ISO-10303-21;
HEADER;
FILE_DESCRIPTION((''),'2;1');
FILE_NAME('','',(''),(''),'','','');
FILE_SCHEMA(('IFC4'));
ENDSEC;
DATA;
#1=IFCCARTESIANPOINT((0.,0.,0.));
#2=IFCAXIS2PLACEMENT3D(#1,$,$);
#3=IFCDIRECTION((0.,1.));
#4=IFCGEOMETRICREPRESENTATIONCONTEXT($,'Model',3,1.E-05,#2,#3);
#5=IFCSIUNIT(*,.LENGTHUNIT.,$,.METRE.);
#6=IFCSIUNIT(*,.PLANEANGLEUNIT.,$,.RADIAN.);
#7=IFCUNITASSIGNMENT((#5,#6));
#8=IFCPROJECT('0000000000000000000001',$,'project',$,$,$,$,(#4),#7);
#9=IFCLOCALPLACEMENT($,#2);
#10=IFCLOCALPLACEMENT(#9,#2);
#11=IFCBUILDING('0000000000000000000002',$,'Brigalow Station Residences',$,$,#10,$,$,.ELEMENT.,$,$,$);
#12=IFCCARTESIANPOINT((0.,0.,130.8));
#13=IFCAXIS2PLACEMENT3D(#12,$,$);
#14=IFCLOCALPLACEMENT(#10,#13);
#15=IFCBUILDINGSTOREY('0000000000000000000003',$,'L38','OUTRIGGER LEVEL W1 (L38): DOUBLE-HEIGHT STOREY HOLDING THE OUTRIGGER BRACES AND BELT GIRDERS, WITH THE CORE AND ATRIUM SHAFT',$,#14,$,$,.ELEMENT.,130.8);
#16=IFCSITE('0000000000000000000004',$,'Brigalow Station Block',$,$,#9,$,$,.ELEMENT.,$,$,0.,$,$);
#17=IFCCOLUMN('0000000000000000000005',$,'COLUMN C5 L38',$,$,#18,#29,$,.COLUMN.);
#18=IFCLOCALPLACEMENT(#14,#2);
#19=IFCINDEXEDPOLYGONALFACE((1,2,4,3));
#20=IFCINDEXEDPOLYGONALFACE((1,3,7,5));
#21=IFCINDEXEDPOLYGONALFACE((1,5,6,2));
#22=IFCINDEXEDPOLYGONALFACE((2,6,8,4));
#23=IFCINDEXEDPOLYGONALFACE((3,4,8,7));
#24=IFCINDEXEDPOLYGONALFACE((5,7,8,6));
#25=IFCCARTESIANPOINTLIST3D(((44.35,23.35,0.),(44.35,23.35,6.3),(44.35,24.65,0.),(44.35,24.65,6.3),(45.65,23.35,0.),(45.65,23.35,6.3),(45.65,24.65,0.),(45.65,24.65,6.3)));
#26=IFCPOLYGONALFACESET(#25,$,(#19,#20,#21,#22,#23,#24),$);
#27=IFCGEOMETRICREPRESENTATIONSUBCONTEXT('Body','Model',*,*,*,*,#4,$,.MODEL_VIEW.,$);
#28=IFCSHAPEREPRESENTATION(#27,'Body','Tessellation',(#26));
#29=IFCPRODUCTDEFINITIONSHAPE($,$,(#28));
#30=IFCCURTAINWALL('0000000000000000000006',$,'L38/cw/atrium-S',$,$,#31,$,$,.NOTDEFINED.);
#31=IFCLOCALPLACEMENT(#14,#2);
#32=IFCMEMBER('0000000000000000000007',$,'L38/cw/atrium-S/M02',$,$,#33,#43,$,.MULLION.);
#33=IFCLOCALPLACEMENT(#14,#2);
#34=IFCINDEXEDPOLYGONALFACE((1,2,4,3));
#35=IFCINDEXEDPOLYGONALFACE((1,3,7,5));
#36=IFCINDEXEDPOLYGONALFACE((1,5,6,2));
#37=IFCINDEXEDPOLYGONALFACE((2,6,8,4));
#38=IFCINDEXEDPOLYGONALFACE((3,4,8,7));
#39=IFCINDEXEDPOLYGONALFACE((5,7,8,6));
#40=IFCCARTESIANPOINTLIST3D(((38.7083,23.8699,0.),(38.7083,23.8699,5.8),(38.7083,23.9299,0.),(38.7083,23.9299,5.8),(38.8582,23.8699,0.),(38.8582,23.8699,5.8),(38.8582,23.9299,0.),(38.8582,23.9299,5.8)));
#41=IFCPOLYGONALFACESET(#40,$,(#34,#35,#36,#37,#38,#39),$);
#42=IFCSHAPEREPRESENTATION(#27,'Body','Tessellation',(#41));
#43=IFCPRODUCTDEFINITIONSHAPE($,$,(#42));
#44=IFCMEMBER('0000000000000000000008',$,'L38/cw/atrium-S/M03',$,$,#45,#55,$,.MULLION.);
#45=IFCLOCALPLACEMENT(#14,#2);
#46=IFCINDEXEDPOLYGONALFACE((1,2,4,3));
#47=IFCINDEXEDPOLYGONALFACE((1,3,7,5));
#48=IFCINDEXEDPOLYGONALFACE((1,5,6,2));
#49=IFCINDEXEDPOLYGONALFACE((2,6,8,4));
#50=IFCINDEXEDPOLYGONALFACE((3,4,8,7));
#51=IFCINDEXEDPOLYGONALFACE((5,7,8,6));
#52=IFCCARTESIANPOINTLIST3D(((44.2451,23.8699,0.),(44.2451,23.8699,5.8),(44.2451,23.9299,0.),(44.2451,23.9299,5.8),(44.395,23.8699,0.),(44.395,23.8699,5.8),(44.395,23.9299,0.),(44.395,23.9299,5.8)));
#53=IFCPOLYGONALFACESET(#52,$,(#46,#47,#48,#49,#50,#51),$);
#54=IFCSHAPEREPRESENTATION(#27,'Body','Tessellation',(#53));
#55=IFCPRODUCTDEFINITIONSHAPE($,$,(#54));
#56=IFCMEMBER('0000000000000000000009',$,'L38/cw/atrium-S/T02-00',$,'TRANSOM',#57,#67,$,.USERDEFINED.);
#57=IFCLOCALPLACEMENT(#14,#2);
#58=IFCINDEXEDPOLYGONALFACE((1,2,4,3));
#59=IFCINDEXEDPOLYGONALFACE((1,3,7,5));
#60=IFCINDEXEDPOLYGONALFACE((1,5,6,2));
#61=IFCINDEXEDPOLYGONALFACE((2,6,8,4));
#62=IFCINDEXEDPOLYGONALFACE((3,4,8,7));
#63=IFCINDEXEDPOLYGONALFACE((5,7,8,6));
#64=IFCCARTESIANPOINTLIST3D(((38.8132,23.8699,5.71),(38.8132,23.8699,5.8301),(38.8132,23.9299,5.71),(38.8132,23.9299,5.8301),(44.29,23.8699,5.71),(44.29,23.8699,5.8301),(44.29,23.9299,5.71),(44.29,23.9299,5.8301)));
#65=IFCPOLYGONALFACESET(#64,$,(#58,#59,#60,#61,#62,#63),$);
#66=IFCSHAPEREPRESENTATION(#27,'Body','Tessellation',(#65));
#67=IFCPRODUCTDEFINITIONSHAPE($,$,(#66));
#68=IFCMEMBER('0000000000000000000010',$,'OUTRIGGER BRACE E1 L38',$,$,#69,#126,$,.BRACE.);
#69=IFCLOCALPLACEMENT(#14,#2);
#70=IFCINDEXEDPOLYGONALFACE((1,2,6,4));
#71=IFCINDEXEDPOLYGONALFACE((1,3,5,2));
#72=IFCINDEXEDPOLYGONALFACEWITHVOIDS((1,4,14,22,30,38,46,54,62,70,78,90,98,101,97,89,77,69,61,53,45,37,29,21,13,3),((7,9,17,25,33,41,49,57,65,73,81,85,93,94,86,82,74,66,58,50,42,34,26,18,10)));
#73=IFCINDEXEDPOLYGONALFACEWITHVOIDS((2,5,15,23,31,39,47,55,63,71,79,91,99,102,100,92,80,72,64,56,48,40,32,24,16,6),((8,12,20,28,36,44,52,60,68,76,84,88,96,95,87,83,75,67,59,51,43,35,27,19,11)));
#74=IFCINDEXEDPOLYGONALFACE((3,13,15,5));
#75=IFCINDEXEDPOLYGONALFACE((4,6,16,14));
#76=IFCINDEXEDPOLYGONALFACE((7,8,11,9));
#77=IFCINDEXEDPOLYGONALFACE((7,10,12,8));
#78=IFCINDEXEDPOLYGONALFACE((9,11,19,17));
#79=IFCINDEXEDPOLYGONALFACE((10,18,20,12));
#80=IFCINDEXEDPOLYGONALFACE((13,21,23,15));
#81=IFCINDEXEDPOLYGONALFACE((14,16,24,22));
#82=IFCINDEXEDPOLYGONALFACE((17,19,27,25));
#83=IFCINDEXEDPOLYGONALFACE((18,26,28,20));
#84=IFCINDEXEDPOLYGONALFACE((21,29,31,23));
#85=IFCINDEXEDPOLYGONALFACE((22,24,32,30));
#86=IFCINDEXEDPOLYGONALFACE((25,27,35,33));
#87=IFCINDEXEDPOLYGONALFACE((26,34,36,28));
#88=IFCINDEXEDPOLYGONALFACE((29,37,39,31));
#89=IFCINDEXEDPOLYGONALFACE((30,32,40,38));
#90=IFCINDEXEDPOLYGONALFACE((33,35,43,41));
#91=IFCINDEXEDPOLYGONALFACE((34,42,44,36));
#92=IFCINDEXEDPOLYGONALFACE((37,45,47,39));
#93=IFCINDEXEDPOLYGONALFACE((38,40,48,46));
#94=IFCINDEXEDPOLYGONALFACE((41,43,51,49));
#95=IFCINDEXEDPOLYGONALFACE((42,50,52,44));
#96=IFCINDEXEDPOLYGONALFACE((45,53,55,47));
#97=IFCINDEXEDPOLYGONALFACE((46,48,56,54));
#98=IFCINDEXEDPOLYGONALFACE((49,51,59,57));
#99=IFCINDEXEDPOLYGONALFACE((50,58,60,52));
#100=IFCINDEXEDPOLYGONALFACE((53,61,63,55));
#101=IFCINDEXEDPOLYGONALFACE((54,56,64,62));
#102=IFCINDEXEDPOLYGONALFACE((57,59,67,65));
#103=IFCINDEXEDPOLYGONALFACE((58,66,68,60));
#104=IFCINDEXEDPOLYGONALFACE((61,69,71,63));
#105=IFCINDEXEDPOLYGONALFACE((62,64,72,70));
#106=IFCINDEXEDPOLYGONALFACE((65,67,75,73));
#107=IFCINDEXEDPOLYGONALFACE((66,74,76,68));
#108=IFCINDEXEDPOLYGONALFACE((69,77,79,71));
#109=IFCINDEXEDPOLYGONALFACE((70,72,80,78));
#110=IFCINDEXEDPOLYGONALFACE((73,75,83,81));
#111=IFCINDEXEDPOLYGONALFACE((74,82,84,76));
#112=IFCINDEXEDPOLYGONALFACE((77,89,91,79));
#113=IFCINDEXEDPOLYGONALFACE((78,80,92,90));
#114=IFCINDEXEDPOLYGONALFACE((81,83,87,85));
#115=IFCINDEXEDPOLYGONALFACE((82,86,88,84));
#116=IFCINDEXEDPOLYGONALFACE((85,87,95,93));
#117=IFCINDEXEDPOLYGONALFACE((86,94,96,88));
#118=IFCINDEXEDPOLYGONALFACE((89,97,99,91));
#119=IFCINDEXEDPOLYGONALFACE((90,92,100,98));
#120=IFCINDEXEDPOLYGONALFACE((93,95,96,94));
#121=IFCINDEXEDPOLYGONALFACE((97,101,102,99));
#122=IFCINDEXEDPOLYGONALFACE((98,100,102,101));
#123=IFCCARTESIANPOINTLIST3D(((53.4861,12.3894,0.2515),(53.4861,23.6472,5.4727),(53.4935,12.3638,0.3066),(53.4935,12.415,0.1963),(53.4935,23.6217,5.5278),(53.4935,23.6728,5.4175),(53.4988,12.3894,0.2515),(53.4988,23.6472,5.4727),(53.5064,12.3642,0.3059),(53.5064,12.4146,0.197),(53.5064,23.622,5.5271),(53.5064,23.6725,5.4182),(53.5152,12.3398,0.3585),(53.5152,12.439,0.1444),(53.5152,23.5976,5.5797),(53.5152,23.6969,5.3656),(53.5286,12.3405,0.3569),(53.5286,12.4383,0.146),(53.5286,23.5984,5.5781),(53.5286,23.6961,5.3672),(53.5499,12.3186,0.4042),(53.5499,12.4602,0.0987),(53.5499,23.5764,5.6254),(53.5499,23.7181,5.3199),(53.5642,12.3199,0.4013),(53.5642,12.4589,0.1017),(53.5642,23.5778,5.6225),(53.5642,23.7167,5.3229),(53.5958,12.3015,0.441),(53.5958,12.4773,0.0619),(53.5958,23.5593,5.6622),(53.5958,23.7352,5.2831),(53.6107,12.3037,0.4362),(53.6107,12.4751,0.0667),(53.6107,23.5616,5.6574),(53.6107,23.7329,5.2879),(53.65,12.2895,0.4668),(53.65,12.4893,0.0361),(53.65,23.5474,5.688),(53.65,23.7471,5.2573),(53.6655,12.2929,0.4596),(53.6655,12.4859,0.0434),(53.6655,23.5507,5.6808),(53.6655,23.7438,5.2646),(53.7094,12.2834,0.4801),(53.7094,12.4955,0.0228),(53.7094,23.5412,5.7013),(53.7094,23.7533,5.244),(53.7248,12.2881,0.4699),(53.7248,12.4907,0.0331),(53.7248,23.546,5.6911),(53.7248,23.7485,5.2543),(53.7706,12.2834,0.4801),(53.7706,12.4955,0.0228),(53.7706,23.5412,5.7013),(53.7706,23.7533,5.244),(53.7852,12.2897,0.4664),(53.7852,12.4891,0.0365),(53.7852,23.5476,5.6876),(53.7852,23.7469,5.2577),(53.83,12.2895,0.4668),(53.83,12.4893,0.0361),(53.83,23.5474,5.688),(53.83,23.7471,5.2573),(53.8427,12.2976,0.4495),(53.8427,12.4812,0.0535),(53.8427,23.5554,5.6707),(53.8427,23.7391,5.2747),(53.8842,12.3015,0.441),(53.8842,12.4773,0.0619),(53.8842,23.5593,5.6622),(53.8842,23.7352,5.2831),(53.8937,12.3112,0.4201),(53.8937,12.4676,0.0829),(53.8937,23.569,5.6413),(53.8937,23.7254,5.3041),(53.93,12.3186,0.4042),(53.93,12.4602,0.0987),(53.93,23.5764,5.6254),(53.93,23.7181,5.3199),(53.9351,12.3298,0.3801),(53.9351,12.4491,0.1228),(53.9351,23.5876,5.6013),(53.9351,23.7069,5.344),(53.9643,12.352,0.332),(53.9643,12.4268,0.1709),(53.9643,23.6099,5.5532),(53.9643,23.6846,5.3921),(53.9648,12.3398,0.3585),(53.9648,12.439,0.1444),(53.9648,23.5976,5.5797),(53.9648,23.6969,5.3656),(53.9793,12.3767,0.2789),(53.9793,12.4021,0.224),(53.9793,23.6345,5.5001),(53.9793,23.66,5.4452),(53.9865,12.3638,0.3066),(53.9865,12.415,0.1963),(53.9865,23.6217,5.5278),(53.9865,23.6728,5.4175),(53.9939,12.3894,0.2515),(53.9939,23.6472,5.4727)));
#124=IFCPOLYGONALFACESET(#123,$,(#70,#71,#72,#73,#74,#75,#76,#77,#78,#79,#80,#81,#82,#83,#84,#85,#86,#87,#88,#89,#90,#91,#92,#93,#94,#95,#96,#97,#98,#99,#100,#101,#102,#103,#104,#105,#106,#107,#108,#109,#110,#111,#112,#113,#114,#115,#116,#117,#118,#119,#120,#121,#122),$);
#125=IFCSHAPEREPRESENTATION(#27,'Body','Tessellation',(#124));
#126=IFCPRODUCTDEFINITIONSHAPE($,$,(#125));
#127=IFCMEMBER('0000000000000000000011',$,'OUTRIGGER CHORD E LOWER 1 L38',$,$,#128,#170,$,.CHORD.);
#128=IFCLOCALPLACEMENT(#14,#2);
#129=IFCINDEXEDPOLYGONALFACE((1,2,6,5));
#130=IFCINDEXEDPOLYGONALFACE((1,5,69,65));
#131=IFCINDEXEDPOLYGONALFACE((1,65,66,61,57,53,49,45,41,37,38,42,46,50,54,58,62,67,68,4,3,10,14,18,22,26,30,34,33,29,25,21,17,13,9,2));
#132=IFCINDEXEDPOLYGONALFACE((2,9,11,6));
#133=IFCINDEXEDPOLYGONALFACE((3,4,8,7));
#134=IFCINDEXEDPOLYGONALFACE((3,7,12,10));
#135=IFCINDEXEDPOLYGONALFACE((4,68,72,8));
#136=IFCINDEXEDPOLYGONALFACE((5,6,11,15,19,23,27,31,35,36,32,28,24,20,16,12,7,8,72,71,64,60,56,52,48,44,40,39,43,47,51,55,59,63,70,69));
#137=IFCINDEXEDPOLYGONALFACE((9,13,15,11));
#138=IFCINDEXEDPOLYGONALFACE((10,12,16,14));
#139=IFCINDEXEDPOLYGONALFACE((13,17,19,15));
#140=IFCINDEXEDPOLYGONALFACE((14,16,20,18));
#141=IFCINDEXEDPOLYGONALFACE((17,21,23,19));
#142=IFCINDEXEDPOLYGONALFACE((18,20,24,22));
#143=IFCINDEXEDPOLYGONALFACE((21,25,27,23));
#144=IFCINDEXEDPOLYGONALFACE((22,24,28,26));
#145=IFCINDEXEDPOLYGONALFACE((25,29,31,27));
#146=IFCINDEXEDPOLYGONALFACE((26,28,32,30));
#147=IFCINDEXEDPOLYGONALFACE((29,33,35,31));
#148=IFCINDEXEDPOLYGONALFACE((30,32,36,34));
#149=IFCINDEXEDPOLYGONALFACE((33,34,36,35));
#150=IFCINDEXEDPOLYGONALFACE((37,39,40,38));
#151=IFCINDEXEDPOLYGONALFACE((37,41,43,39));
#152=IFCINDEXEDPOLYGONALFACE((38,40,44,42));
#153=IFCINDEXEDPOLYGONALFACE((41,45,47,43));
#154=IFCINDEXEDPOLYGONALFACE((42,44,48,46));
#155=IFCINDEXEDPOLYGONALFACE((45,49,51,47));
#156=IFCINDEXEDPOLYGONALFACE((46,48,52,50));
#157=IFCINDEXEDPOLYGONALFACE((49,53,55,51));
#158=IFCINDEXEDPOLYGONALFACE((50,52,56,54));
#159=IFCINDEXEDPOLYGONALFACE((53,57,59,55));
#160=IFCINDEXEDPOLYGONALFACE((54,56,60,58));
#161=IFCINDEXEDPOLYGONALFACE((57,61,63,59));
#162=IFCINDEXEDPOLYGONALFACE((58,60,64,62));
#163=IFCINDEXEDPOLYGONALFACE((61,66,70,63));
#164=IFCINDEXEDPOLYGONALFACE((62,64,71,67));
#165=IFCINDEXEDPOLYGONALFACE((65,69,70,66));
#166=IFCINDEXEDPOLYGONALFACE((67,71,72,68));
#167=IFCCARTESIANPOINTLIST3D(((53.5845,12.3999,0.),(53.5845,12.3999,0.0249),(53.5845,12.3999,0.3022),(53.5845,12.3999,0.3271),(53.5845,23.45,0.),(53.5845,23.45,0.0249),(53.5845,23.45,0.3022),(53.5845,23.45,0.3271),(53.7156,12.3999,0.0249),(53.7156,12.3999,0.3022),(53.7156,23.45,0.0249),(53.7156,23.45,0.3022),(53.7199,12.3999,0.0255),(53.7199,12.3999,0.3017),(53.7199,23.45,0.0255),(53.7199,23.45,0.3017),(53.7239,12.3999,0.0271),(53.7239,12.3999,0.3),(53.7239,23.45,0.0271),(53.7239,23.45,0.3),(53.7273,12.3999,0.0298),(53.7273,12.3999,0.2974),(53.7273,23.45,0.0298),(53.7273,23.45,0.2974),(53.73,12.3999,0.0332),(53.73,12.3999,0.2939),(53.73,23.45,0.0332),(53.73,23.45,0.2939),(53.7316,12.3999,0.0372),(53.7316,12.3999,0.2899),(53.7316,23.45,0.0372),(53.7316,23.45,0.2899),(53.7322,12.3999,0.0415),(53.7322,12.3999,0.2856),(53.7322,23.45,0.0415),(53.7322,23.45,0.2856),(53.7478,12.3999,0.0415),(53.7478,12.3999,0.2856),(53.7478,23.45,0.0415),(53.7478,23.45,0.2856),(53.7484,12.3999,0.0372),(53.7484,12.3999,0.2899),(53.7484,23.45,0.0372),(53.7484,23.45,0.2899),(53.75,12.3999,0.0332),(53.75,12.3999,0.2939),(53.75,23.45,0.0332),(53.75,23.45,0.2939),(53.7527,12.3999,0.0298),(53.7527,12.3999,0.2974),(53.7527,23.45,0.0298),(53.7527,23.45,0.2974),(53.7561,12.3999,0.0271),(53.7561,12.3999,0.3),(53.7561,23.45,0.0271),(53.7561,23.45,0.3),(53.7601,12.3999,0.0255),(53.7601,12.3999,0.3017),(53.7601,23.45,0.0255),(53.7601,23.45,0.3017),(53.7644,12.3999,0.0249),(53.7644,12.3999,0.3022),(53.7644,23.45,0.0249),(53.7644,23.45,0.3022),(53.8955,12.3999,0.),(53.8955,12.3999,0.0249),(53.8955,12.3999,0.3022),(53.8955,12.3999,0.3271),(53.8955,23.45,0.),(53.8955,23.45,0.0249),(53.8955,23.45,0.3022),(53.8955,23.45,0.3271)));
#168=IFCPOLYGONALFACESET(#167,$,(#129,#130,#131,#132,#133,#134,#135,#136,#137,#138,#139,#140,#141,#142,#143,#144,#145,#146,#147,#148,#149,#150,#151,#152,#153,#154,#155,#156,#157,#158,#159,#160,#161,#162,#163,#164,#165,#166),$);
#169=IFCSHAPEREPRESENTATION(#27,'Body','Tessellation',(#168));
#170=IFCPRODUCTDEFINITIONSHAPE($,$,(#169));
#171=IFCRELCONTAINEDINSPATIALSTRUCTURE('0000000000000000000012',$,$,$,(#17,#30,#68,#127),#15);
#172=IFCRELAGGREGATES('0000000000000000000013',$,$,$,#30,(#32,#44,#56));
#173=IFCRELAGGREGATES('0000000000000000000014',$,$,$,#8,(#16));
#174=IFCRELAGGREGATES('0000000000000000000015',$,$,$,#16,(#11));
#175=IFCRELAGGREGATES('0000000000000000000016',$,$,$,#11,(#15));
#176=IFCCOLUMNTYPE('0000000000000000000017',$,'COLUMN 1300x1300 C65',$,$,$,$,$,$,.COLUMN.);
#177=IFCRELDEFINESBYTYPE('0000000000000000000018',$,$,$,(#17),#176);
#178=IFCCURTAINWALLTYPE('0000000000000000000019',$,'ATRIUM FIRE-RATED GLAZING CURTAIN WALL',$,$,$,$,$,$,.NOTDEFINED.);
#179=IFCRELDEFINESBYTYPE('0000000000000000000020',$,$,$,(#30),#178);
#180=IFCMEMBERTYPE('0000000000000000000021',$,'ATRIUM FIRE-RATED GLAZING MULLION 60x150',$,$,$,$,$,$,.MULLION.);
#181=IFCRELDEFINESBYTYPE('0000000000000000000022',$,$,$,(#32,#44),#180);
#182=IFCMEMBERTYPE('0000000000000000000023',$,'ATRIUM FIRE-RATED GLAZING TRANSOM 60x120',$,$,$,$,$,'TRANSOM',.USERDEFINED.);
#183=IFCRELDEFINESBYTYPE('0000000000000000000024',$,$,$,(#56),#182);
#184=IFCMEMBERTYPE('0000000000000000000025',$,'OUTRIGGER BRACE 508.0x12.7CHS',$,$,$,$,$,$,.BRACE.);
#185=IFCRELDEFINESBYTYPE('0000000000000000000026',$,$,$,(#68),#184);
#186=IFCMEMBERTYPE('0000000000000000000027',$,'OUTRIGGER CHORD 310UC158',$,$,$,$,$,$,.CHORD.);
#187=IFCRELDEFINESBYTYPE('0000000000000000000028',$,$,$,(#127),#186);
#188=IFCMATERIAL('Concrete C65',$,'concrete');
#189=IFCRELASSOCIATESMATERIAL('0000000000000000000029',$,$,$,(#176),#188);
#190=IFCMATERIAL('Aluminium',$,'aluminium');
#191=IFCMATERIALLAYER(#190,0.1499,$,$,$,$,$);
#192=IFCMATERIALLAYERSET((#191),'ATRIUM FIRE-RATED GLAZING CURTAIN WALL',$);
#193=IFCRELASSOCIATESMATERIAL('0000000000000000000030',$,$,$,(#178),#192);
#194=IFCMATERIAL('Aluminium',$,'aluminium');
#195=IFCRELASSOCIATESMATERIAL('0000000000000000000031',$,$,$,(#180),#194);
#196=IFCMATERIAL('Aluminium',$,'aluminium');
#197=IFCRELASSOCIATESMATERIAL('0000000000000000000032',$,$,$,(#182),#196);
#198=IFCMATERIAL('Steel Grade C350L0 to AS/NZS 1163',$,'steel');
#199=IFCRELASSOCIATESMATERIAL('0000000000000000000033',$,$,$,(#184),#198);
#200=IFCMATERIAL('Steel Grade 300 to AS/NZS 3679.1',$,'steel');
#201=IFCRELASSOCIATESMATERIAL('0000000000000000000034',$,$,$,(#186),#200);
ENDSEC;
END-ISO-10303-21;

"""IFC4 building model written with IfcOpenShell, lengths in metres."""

from ifc_helpers import new_model, si_unit, direction, frame, origin, origin_2d, place, context, subcontext, project, spatial, rectangle, hollow_circle, i_section, extrude, material, layer, layer_set, material_profile, profile_set, type_object, element, aggregate, save


model = new_model("IFC4")

# Units and contexts
model_context = context("Model", 3, precision=1e-05, world=origin(), true_north=direction((0.0, 1.0)))
body_context = subcontext(model_context, "Body", "Model", "MODEL_VIEW")
ifc_project = project(units=[si_unit("LENGTHUNIT", "METRE"), si_unit("PLANEANGLEUNIT", "RADIAN")], contexts=[model_context])

# Site, building, storey
site_placement = place(None, origin())
site = spatial("IfcSite", under=ifc_project, at=site_placement, Name="Brigalow Station Block", CompositionType="ELEMENT", RefElevation=0.0)
building_placement = place(site_placement, origin())
building = spatial("IfcBuilding", under=site, at=building_placement, Name="Brigalow Station Residences", CompositionType="ELEMENT")
storey_placement = place(building_placement, frame((0.0, 0.0, 130.8)))
storey = spatial("IfcBuildingStorey", under=building, at=storey_placement, Name="L38", Description="OUTRIGGER LEVEL W1 (L38): DOUBLE-HEIGHT STOREY HOLDING THE OUTRIGGER BRACES AND BELT GIRDERS, WITH THE CORE AND ATRIUM SHAFT", CompositionType="ELEMENT", Elevation=130.8)

# Column
ifc_material_1 = material(Name="Concrete C65", Category="concrete")
ifc_material_profile_1 = material_profile(ifc_material_1, rectangle(XDim=1.3, YDim=1.3, at=origin_2d()), Name="RC1300x1300")
ifc_profile_set_1 = profile_set([ifc_material_profile_1], Name="Concrete C65")
column_type = type_object("IfcColumnType", Name="COLUMN 1300x1300 C65", PredefinedType="COLUMN", material=ifc_profile_set_1)
column_placement = place(storey_placement, frame((45.0, 24.0, 0.0), z_axis=(0.0, 0.0, 1.0), x_axis=(1.0, 0.0, 0.0)))
element("IfcColumn", 1, at=column_placement, inside=storey, type_object=column_type, Name="COLUMN C5 L38", PredefinedType="COLUMN", context=body_context, shape_type="SweptSolid", body=[
    extrude(rectangle(XDim=1.3, YDim=1.3, at=origin_2d()), origin(), (0.0, 0.0, 1.0), 6.3),
])

# Curtain wall, members
ifc_material_2 = material(Name="Aluminium", Category="aluminium")
ifc_layer_1 = layer(ifc_material_2, 0.1499)
ifc_layer_set_1 = layer_set([ifc_layer_1], Name="ATRIUM FIRE-RATED GLAZING CURTAIN WALL")
curtain_wall_type = type_object("IfcCurtainWallType", Name="ATRIUM FIRE-RATED GLAZING CURTAIN WALL", PredefinedType="NOTDEFINED", material=ifc_layer_set_1)
curtain_wall_placement = place(storey_placement, origin())
curtain_wall = element("IfcCurtainWall", 2, at=curtain_wall_placement, inside=storey, type_object=curtain_wall_type, Name="L38/cw/atrium-S", PredefinedType="NOTDEFINED")
ifc_material_3 = material(Name="Aluminium", Category="aluminium")
ifc_material_profile_2 = material_profile(ifc_material_3, rectangle(XDim=0.0601, YDim=0.1499, at=origin_2d()), Name="ATRIUM FIRE-RATED GLAZING MULLION 60x150")
ifc_profile_set_2 = profile_set([ifc_material_profile_2], Name="Aluminium")
member_type_1 = type_object("IfcMemberType", Name="ATRIUM FIRE-RATED GLAZING MULLION 60x150", PredefinedType="MULLION", material=ifc_profile_set_2)
member_1_placement = place(storey_placement, frame((38.7832, 23.8999, 0.0), z_axis=(0.0, 0.0, 1.0), x_axis=(0.0, 1.0, 0.0)))
member_1 = element("IfcMember", 3, at=member_1_placement, type_object=member_type_1, Name="L38/cw/atrium-S/M02", PredefinedType="MULLION", context=body_context, shape_type="SweptSolid", body=[
    extrude(rectangle(XDim=0.0601, YDim=0.1499, at=origin_2d()), origin(), (0.0, 0.0, 1.0), 5.8),
])
member_2_placement = place(storey_placement, frame((44.3201, 23.8999, 0.0), z_axis=(0.0, 0.0, 1.0), x_axis=(0.0, 1.0, 0.0)))
member_2 = element("IfcMember", 4, at=member_2_placement, type_object=member_type_1, Name="L38/cw/atrium-S/M03", PredefinedType="MULLION", context=body_context, shape_type="SweptSolid", body=[
    extrude(rectangle(XDim=0.0601, YDim=0.1499, at=origin_2d()), origin(), (0.0, 0.0, 1.0), 5.8),
])
ifc_material_4 = material(Name="Aluminium", Category="aluminium")
ifc_material_profile_3 = material_profile(ifc_material_4, rectangle(XDim=0.0601, YDim=0.1201, at=origin_2d()), Name="ATRIUM FIRE-RATED GLAZING TRANSOM 60x120")
ifc_profile_set_3 = profile_set([ifc_material_profile_3], Name="Aluminium")
member_type_2 = type_object("IfcMemberType", Name="ATRIUM FIRE-RATED GLAZING TRANSOM 60x120", ElementType="TRANSOM", PredefinedType="USERDEFINED", material=ifc_profile_set_3)
member_3_placement = place(storey_placement, frame((38.8132, 23.8999, 5.77), z_axis=(1.0, 0.0, 0.0), x_axis=(0.0, 1.0, 0.0)))
member_3 = element("IfcMember", 5, at=member_3_placement, type_object=member_type_2, Name="L38/cw/atrium-S/T02-00", ObjectType="TRANSOM", PredefinedType="USERDEFINED", context=body_context, shape_type="SweptSolid", body=[
    extrude(rectangle(XDim=0.0601, YDim=0.1201, at=origin_2d()), origin(), (0.0, 0.0, 1.0), 5.4768),
])

# Members
ifc_material_5 = material(Name="Steel Grade C350L0 to AS/NZS 1163", Category="steel")
ifc_material_profile_4 = material_profile(ifc_material_5, hollow_circle(Radius=0.2539, WallThickness=0.0127, at=origin_2d()), Name="508.0x12.7CHS")
ifc_profile_set_4 = profile_set([ifc_material_profile_4], Name="Steel Grade C350L0 to AS/NZS 1163")
member_type_3 = type_object("IfcMemberType", Name="OUTRIGGER BRACE 508.0x12.7CHS", PredefinedType="BRACE", material=ifc_profile_set_4)
member_4_placement = place(storey_placement, frame((53.74, 12.3894, 0.2515), z_axis=(0.0, 0.907183, 0.420737), x_axis=(-1.0, 0.0, 0.0)))
element("IfcMember", 6, at=member_4_placement, inside=storey, type_object=member_type_3, Name="OUTRIGGER BRACE E1 L38", PredefinedType="BRACE", context=body_context, shape_type="SweptSolid", body=[
    extrude(hollow_circle(Radius=0.2539, WallThickness=0.0127, at=origin_2d()), origin(), (0.0, 0.0, 1.0), 12.4097),
])
ifc_material_6 = material(Name="Steel Grade 300 to AS/NZS 3679.1", Category="steel")
ifc_material_profile_5 = material_profile(ifc_material_6, i_section(OverallWidth=0.311, OverallDepth=0.3271, WebThickness=0.0156, FlangeThickness=0.0249, FilletRadius=0.0166, at=origin_2d()), Name="310UC158")
ifc_profile_set_5 = profile_set([ifc_material_profile_5], Name="Steel Grade 300 to AS/NZS 3679.1")
member_type_4 = type_object("IfcMemberType", Name="OUTRIGGER CHORD 310UC158", PredefinedType="CHORD", material=ifc_profile_set_5)
for number, where, z_axis, x_axis, name in (
    (7, (53.74, 12.3999, 0.1636), (0.0, 1.0, 0.0), (-1.0, 0.0, 0.0), "OUTRIGGER CHORD E LOWER 1 L38"),
):
    element("IfcMember", number, at=place(storey_placement, frame(where, z_axis=z_axis, x_axis=x_axis)), inside=storey, type_object=member_type_4, Name=name, PredefinedType="CHORD", context=body_context, shape_type="SweptSolid", body=[
        extrude(i_section(OverallWidth=0.311, OverallDepth=0.3271, WebThickness=0.0156, FlangeThickness=0.0249, FilletRadius=0.0166, at=origin_2d()), origin(), (0.0, 0.0, 1.0), 11.05),
    ])

aggregate(curtain_wall, [member_1, member_2, member_3])

save(model, "model.ifc")
